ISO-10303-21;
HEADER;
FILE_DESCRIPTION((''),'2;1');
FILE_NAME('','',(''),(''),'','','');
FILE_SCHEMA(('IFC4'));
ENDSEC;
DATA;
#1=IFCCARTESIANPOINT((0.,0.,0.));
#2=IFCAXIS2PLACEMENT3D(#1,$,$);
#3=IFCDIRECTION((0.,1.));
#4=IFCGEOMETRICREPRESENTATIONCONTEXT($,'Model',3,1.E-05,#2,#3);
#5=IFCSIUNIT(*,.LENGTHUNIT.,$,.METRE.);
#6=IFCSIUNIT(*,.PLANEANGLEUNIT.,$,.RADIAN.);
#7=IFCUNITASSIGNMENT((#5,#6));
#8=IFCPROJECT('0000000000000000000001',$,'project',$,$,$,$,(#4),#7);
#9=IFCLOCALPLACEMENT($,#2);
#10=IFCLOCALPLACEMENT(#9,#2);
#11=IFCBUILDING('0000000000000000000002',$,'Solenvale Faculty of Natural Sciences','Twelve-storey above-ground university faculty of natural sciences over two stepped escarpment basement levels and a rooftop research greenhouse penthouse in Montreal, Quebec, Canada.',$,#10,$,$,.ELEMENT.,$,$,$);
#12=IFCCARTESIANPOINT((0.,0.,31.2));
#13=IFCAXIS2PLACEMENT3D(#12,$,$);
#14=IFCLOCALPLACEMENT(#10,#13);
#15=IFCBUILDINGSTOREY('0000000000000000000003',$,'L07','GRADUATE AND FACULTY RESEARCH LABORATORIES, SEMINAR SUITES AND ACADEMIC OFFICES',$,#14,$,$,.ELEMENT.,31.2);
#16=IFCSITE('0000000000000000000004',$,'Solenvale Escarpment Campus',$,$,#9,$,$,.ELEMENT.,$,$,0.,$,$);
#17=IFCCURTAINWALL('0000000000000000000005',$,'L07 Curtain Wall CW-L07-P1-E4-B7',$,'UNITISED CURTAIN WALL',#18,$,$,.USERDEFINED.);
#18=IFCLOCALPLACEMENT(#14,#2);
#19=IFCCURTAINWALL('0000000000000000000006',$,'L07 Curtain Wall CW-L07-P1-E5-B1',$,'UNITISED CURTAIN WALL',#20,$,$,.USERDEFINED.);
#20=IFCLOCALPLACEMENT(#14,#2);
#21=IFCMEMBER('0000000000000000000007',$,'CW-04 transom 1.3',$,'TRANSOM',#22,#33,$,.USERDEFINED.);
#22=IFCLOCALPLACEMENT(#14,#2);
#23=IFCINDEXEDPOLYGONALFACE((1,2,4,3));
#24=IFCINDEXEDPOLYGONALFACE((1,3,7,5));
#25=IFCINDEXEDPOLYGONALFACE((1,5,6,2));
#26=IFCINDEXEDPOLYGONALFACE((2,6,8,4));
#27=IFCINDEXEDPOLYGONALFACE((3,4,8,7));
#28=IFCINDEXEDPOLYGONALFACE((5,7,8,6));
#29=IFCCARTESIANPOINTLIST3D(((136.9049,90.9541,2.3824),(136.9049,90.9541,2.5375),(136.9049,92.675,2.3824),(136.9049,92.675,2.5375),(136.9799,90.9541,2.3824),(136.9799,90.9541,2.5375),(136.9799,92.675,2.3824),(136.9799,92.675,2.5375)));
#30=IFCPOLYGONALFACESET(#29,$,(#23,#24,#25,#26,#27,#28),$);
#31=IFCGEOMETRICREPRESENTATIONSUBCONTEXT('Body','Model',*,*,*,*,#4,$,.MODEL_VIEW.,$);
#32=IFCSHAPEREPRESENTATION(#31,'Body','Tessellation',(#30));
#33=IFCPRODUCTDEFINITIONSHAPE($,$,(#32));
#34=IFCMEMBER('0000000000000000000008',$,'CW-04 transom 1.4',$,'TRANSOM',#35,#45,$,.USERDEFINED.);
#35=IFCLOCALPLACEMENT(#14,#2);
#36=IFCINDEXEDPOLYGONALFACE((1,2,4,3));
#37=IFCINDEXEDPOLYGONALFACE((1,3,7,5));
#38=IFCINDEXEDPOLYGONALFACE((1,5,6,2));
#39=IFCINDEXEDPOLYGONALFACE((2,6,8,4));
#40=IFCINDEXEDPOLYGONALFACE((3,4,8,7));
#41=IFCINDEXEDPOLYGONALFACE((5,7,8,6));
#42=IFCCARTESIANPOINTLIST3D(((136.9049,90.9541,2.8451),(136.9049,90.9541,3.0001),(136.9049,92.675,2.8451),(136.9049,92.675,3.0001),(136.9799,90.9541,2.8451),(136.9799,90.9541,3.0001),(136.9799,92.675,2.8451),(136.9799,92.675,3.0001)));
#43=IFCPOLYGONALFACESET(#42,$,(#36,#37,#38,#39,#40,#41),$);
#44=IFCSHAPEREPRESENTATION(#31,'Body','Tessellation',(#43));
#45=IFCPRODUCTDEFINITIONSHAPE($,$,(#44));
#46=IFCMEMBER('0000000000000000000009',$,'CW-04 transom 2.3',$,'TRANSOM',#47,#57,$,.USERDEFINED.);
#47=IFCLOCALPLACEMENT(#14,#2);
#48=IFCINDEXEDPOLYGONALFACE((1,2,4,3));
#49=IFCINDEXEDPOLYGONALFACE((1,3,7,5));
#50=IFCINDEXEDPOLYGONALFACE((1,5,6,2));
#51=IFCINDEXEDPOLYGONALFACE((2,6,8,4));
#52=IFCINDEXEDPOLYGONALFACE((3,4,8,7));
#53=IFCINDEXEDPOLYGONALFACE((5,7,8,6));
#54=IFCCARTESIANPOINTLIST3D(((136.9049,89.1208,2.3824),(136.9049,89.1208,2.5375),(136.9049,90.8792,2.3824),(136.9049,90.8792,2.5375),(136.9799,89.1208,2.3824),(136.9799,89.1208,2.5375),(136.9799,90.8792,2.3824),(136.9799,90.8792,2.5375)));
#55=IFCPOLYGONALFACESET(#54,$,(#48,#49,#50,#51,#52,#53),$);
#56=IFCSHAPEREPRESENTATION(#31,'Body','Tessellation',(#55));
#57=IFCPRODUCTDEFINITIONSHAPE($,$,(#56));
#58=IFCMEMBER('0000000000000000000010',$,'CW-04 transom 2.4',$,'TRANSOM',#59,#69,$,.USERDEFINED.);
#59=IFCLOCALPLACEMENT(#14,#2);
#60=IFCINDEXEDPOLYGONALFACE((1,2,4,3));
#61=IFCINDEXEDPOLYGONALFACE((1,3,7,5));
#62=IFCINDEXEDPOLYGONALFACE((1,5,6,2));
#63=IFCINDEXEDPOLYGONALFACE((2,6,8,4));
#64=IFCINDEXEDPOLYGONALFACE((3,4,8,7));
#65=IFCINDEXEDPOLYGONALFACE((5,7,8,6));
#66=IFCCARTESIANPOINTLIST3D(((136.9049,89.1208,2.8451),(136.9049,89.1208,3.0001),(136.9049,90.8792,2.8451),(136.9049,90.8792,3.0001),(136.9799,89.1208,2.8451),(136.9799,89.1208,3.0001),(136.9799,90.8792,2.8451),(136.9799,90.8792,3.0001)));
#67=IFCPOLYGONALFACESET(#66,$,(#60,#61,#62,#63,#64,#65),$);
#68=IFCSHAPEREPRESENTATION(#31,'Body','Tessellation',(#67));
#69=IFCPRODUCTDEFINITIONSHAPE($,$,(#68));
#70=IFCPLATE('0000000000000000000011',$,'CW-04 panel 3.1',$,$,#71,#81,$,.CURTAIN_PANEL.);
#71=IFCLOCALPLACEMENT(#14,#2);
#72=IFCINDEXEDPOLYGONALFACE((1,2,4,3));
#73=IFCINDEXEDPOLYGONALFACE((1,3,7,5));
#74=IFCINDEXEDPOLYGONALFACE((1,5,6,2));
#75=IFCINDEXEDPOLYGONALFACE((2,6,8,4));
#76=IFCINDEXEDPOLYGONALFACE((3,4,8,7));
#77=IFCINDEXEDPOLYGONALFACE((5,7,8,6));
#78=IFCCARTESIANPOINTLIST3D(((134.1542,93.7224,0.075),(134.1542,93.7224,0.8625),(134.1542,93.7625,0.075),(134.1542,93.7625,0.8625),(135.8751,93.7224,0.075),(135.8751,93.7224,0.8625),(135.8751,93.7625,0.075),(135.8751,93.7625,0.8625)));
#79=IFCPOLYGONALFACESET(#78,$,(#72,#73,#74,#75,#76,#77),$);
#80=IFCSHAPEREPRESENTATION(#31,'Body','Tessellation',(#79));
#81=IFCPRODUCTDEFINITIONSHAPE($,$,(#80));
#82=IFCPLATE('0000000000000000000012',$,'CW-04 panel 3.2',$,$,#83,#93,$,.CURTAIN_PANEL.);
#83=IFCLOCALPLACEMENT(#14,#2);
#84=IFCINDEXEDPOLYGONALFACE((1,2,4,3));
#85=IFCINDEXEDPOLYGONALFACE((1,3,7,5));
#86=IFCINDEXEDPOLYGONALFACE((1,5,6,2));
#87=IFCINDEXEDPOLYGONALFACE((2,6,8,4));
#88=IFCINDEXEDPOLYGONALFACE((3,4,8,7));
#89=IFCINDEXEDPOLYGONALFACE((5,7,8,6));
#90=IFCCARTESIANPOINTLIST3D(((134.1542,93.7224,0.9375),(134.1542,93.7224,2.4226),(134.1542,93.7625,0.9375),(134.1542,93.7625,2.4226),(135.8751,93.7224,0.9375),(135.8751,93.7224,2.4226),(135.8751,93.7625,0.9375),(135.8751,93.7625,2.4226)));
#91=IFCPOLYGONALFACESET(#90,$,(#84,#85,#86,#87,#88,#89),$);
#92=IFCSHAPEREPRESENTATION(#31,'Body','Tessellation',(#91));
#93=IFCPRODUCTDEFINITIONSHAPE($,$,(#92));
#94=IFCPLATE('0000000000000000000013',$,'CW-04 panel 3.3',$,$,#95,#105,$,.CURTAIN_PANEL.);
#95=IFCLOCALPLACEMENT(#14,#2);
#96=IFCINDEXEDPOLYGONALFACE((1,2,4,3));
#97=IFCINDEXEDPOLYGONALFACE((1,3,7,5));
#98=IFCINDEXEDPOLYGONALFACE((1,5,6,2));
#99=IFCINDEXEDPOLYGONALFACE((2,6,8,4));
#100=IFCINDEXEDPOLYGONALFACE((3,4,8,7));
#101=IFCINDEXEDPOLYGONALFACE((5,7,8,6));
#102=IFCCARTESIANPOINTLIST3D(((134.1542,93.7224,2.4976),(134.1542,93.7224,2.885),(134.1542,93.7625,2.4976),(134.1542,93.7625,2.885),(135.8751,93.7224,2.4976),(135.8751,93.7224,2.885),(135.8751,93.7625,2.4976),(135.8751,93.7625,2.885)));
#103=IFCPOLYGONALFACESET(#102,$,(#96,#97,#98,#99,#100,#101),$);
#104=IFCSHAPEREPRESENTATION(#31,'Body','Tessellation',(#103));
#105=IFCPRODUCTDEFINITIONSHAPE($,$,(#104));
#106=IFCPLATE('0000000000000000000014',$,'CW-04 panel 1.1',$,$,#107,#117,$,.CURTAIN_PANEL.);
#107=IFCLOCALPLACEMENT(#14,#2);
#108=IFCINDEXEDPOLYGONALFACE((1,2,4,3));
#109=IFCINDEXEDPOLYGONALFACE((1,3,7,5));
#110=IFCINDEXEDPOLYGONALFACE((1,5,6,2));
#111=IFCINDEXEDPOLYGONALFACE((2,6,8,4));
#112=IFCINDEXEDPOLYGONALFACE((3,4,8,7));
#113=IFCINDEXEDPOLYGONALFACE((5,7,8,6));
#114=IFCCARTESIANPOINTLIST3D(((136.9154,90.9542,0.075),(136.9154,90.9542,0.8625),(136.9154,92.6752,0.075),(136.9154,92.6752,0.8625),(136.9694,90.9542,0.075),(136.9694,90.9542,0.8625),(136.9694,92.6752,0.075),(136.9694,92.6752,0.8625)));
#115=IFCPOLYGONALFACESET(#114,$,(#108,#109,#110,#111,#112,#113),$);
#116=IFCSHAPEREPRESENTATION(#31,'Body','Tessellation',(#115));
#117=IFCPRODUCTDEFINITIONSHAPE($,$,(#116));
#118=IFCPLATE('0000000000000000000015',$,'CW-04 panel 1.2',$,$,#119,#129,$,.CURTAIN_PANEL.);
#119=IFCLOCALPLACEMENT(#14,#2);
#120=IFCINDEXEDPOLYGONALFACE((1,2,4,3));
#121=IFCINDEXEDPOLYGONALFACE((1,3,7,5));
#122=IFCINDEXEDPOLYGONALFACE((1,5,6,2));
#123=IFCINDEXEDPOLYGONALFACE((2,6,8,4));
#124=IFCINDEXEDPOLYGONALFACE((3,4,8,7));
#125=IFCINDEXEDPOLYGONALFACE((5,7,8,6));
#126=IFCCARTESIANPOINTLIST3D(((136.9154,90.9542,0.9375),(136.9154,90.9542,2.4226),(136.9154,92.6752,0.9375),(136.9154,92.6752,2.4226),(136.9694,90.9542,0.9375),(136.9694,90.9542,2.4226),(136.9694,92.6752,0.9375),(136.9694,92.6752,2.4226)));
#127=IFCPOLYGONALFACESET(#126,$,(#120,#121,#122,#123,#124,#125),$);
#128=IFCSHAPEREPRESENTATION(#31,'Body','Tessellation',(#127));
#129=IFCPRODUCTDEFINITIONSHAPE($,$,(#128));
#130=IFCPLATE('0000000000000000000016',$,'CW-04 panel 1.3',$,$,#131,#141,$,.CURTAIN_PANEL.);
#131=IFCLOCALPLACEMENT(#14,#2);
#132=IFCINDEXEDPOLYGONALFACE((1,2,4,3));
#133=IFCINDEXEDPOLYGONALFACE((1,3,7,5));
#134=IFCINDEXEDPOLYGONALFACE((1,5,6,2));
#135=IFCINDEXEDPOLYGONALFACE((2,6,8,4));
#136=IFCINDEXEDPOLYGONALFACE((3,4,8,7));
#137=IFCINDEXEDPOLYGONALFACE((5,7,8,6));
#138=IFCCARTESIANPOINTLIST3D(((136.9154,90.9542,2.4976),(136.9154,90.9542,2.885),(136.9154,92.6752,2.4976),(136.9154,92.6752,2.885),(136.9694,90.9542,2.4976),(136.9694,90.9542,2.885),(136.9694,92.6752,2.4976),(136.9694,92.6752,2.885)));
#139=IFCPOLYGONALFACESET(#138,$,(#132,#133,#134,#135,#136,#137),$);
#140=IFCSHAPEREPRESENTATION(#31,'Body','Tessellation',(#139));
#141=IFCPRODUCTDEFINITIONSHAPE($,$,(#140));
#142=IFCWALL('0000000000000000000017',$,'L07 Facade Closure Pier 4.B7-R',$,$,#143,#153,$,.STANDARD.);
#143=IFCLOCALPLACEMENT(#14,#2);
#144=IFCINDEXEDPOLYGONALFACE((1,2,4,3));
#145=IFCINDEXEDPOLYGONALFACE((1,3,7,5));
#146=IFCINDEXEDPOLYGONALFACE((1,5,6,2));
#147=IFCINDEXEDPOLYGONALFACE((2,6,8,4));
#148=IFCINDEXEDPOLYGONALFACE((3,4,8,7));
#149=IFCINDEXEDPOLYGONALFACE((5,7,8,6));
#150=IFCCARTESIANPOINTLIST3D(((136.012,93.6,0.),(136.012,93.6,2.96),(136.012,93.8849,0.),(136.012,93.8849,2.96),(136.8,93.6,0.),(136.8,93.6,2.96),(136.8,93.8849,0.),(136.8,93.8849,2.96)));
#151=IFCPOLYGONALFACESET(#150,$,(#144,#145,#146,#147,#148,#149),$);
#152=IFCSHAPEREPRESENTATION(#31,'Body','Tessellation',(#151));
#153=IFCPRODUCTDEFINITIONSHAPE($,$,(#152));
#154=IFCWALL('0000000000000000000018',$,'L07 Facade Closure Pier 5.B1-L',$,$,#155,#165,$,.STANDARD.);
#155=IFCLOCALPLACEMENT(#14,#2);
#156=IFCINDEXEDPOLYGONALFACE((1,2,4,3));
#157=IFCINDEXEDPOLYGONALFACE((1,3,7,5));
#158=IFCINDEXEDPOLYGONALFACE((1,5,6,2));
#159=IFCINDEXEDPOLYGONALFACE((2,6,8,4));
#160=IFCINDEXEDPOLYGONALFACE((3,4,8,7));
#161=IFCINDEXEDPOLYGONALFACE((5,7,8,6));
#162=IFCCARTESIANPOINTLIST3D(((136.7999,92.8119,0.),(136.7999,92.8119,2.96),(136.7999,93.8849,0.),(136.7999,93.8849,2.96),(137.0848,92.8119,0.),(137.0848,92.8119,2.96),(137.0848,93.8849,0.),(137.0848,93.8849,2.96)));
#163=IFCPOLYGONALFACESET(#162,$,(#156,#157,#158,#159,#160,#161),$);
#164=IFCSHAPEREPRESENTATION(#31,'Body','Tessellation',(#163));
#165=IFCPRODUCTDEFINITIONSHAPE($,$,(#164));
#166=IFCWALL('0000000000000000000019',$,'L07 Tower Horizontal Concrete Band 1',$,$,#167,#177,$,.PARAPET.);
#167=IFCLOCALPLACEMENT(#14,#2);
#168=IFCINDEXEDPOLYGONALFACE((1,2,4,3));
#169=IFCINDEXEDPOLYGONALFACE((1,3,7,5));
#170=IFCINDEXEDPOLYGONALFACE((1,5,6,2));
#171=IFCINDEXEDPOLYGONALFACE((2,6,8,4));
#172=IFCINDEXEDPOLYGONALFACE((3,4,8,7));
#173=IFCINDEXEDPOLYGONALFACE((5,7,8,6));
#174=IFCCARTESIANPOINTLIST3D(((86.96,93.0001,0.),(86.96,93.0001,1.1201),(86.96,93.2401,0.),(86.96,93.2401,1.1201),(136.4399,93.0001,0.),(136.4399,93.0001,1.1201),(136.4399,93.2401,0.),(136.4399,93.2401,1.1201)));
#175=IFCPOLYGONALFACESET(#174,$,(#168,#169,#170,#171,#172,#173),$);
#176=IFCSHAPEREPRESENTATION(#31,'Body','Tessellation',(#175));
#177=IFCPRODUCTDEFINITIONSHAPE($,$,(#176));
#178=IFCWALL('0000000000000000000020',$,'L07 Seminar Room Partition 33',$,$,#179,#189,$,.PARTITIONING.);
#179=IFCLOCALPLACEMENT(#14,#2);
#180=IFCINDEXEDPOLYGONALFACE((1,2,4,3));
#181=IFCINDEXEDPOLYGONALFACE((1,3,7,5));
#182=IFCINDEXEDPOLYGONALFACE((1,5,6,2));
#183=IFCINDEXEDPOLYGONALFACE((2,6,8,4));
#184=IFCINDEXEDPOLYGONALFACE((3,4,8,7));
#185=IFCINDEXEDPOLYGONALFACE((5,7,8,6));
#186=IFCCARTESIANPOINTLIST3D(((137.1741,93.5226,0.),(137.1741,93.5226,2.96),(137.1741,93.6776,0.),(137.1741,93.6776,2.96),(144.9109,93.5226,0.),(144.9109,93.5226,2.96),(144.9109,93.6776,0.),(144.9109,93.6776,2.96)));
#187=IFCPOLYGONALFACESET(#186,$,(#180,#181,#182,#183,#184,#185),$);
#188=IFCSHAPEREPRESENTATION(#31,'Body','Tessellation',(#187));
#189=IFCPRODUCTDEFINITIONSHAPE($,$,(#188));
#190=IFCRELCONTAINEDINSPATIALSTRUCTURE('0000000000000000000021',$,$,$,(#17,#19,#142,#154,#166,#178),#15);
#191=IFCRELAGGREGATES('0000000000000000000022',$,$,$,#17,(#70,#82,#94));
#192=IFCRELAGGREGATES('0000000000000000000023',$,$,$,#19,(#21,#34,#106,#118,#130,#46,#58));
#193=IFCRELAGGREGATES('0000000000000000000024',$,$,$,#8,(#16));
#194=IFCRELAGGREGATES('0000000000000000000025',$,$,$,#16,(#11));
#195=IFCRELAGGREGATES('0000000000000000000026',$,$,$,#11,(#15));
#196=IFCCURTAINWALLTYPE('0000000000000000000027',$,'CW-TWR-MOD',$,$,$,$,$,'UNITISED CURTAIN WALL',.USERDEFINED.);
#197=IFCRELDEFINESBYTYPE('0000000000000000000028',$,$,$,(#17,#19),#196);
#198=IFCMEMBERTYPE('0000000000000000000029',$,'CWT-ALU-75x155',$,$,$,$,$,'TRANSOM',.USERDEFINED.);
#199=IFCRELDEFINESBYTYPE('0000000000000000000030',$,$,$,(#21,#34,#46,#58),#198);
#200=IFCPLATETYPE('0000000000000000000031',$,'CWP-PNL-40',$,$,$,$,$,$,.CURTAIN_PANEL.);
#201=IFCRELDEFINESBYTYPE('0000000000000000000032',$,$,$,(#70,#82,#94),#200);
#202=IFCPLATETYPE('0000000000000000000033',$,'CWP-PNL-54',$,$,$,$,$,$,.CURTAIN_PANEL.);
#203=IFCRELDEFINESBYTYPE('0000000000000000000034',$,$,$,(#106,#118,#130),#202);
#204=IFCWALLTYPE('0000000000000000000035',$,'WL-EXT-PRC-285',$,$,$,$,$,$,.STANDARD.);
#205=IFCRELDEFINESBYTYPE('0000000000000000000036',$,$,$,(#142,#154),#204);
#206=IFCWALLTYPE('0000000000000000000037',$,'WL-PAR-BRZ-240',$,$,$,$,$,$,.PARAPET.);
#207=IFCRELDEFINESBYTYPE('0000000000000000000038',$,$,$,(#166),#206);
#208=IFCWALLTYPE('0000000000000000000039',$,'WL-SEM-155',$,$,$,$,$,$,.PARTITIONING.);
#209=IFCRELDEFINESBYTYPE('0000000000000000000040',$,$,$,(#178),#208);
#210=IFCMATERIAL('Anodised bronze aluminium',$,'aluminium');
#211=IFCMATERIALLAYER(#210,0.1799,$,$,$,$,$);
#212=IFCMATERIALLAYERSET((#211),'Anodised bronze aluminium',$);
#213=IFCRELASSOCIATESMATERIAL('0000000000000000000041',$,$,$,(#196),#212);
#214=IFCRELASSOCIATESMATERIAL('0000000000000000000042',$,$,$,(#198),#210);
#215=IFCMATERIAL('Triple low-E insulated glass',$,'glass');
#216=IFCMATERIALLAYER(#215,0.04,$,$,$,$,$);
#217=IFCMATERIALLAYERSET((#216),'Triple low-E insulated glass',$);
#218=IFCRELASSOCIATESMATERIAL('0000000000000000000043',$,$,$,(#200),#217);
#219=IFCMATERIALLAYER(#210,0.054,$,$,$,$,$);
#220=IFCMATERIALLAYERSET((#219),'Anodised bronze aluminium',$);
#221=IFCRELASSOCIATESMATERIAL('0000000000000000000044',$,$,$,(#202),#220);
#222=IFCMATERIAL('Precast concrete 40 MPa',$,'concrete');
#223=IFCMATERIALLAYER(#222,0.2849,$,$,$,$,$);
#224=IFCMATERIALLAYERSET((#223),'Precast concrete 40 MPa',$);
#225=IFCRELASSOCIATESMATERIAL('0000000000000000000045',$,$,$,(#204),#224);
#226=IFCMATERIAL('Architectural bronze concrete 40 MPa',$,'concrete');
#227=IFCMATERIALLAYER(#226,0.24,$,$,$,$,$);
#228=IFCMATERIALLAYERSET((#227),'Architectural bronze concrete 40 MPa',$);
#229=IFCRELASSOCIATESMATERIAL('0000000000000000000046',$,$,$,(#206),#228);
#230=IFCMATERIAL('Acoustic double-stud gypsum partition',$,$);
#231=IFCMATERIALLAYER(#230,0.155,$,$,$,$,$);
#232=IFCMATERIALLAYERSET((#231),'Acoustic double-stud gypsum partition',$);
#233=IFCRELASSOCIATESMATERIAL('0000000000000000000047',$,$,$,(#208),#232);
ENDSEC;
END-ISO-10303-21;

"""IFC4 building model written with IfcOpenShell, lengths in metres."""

from ifc_helpers import new_model, si_unit, direction, frame, frame_2d, origin, origin_2d, place, context, subcontext, project, spatial, rectangle, extrude, material, layer, layer_set, material_profile, profile_set, type_object, element, aggregate, save


model = new_model("IFC4")

# Units and contexts
model_context = context("Model", 3, precision=1e-05, world=origin(), true_north=direction((0.0, 1.0)))
body_context = subcontext(model_context, "Body", "Model", "MODEL_VIEW")
ifc_project = project(units=[si_unit("LENGTHUNIT", "METRE"), si_unit("PLANEANGLEUNIT", "RADIAN")], contexts=[model_context])

# Site, building, storey
site_placement = place(None, origin())
site = spatial("IfcSite", under=ifc_project, at=site_placement, Name="Solenvale Escarpment Campus", CompositionType="ELEMENT", RefElevation=0.0)
building_placement = place(site_placement, origin())
building = spatial("IfcBuilding", under=site, at=building_placement, Name="Solenvale Faculty of Natural Sciences", Description="Twelve-storey above-ground university faculty of natural sciences over two stepped escarpment basement levels and a rooftop research greenhouse penthouse in Montreal, Quebec, Canada.", CompositionType="ELEMENT")
storey_placement = place(building_placement, frame((0.0, 0.0, 31.2)))
storey = spatial("IfcBuildingStorey", under=building, at=storey_placement, Name="L07", Description="GRADUATE AND FACULTY RESEARCH LABORATORIES, SEMINAR SUITES AND ACADEMIC OFFICES", CompositionType="ELEMENT", Elevation=31.2)

# Curtain wall
ifc_material_1 = material(Name="Anodised bronze aluminium", Category="aluminium")
ifc_layer_1 = layer(ifc_material_1, 0.1799)
ifc_layer_set_1 = layer_set([ifc_layer_1], Name="Anodised bronze aluminium")
curtain_wall_type = type_object("IfcCurtainWallType", Name="CW-TWR-MOD", ElementType="UNITISED CURTAIN WALL", PredefinedType="USERDEFINED", material=ifc_layer_set_1)
curtain_wall_1_placement = place(storey_placement, origin())
curtain_wall_1 = element("IfcCurtainWall", 1, at=curtain_wall_1_placement, inside=storey, type_object=curtain_wall_type, Name="L07 Curtain Wall CW-L07-P1-E4-B7", ObjectType="UNITISED CURTAIN WALL", PredefinedType="USERDEFINED")

# Curtain wall
curtain_wall_2_placement = place(storey_placement, origin())
curtain_wall_2 = element("IfcCurtainWall", 2, at=curtain_wall_2_placement, inside=storey, type_object=curtain_wall_type, Name="L07 Curtain Wall CW-L07-P1-E5-B1", ObjectType="UNITISED CURTAIN WALL", PredefinedType="USERDEFINED")

# Members
ifc_material_profile_1 = material_profile(ifc_material_1, rectangle(XDim=0.075, YDim=0.155, at=origin_2d()), Name="ALU-TRN-75x155")
ifc_profile_set_1 = profile_set([ifc_material_profile_1], Name="Anodised bronze aluminium")
member_type_1 = type_object("IfcMemberType", Name="CWT-ALU-75x155", ElementType="TRANSOM", PredefinedType="USERDEFINED", material=ifc_profile_set_1)
member_1_placement = place(storey_placement, frame((136.9424, 92.675, 2.46), z_axis=(0.0, -1.0, 0.0), x_axis=(1.0, 0.0, 0.0)))
member_1 = element("IfcMember", 3, at=member_1_placement, type_object=member_type_1, Name="CW-04 transom 1.3", ObjectType="TRANSOM", PredefinedType="USERDEFINED", context=body_context, shape_type="SweptSolid", body=[
    extrude(rectangle(XDim=0.075, YDim=0.155, at=origin_2d()), origin(), (0.0, 0.0, 1.0), 1.7209),
])
member_2_placement = place(storey_placement, frame((136.9424, 92.675, 2.9226), z_axis=(0.0, -1.0, 0.0), x_axis=(1.0, 0.0, 0.0)))
member_2 = element("IfcMember", 4, at=member_2_placement, type_object=member_type_1, Name="CW-04 transom 1.4", ObjectType="TRANSOM", PredefinedType="USERDEFINED", context=body_context, shape_type="SweptSolid", body=[
    extrude(rectangle(XDim=0.075, YDim=0.155, at=origin_2d()), origin(), (0.0, 0.0, 1.0), 1.7209),
])
member_3_placement = place(storey_placement, frame((136.9424, 90.8792, 2.46), z_axis=(0.0, -1.0, 0.0), x_axis=(1.0, 0.0, 0.0)))
member_3 = element("IfcMember", 5, at=member_3_placement, type_object=member_type_1, Name="CW-04 transom 2.3", ObjectType="TRANSOM", PredefinedType="USERDEFINED", context=body_context, shape_type="SweptSolid", body=[
    extrude(rectangle(XDim=0.075, YDim=0.155, at=origin_2d()), origin(), (0.0, 0.0, 1.0), 1.7583),
])
member_4_placement = place(storey_placement, frame((136.9424, 90.8792, 2.9226), z_axis=(0.0, -1.0, 0.0), x_axis=(1.0, 0.0, 0.0)))
member_4 = element("IfcMember", 6, at=member_4_placement, type_object=member_type_1, Name="CW-04 transom 2.4", ObjectType="TRANSOM", PredefinedType="USERDEFINED", context=body_context, shape_type="SweptSolid", body=[
    extrude(rectangle(XDim=0.075, YDim=0.155, at=origin_2d()), origin(), (0.0, 0.0, 1.0), 1.7583),
])

# Plates
ifc_material_2 = material(Name="Triple low-E insulated glass", Category="glass")
ifc_layer_2 = layer(ifc_material_2, 0.04)
ifc_layer_set_2 = layer_set([ifc_layer_2], Name="Triple low-E insulated glass")
plate_type_1 = type_object("IfcPlateType", Name="CWP-PNL-40", PredefinedType="CURTAIN_PANEL", material=ifc_layer_set_2)
plate_1_placement = place(storey_placement, frame((135.0146, 93.7424, 0.075), z_axis=(0.0, 0.0, 1.0), x_axis=(1.0, 0.0, 0.0)))
plate_1 = element("IfcPlate", 7, at=plate_1_placement, type_object=plate_type_1, Name="CW-04 panel 3.1", PredefinedType="CURTAIN_PANEL", context=body_context, shape_type="SweptSolid", body=[
    extrude(rectangle(XDim=1.7209, YDim=0.04, at=origin_2d()), origin(), (0.0, 0.0, 1.0), 0.7876),
])
plate_2_placement = place(storey_placement, frame((135.0146, 93.7424, 0.9375), z_axis=(0.0, 0.0, 1.0), x_axis=(1.0, 0.0, 0.0)))
plate_2 = element("IfcPlate", 8, at=plate_2_placement, type_object=plate_type_1, Name="CW-04 panel 3.2", PredefinedType="CURTAIN_PANEL", context=body_context, shape_type="SweptSolid", body=[
    extrude(rectangle(XDim=1.7209, YDim=0.04, at=origin_2d()), origin(), (0.0, 0.0, 1.0), 1.4851),
])
plate_3_placement = place(storey_placement, frame((135.0146, 93.7424, 2.4976), z_axis=(0.0, 0.0, 1.0), x_axis=(1.0, 0.0, 0.0)))
plate_3 = element("IfcPlate", 9, at=plate_3_placement, type_object=plate_type_1, Name="CW-04 panel 3.3", PredefinedType="CURTAIN_PANEL", context=body_context, shape_type="SweptSolid", body=[
    extrude(rectangle(XDim=1.7209, YDim=0.04, at=origin_2d()), origin(), (0.0, 0.0, 1.0), 0.3875),
])
aggregate(curtain_wall_1, [plate_1, plate_2, plate_3])
ifc_layer_3 = layer(ifc_material_1, 0.054)
ifc_layer_set_3 = layer_set([ifc_layer_3], Name="Anodised bronze aluminium")
plate_type_2 = type_object("IfcPlateType", Name="CWP-PNL-54", PredefinedType="CURTAIN_PANEL", material=ifc_layer_set_3)
plate_4_placement = place(storey_placement, frame((136.9424, 91.8147, 0.075), z_axis=(0.0, 0.0, 1.0), x_axis=(0.0, -1.0, 0.0)))
plate_4 = element("IfcPlate", 10, at=plate_4_placement, type_object=plate_type_2, Name="CW-04 panel 1.1", PredefinedType="CURTAIN_PANEL", context=body_context, shape_type="SweptSolid", body=[
    extrude(rectangle(XDim=1.7209, YDim=0.054, at=origin_2d()), origin(), (0.0, 0.0, 1.0), 0.7876),
])
plate_5_placement = place(storey_placement, frame((136.9424, 91.8147, 0.9375), z_axis=(0.0, 0.0, 1.0), x_axis=(0.0, -1.0, 0.0)))
plate_5 = element("IfcPlate", 11, at=plate_5_placement, type_object=plate_type_2, Name="CW-04 panel 1.2", PredefinedType="CURTAIN_PANEL", context=body_context, shape_type="SweptSolid", body=[
    extrude(rectangle(XDim=1.7209, YDim=0.054, at=origin_2d()), origin(), (0.0, 0.0, 1.0), 1.4851),
])
plate_6_placement = place(storey_placement, frame((136.9424, 91.8147, 2.4976), z_axis=(0.0, 0.0, 1.0), x_axis=(0.0, -1.0, 0.0)))
plate_6 = element("IfcPlate", 12, at=plate_6_placement, type_object=plate_type_2, Name="CW-04 panel 1.3", PredefinedType="CURTAIN_PANEL", context=body_context, shape_type="SweptSolid", body=[
    extrude(rectangle(XDim=1.7209, YDim=0.054, at=origin_2d()), origin(), (0.0, 0.0, 1.0), 0.3875),
])
aggregate(curtain_wall_2, [member_1, member_2, plate_4, plate_5, plate_6, member_3, member_4])

# Walls
ifc_material_3 = material(Name="Precast concrete 40 MPa", Category="concrete")
ifc_layer_4 = layer(ifc_material_3, 0.2849)
ifc_layer_set_4 = layer_set([ifc_layer_4], Name="Precast concrete 40 MPa")
wall_type_1 = type_object("IfcWallType", Name="WL-EXT-PRC-285", PredefinedType="STANDARD", material=ifc_layer_set_4)
wall_1_placement = place(storey_placement, frame((136.012, 93.7424, 0.0), z_axis=(0.0, 0.0, 1.0), x_axis=(1.0, 0.0, 0.0)))
element("IfcWall", 13, at=wall_1_placement, inside=storey, type_object=wall_type_1, Name="L07 Facade Closure Pier 4.B7-R", PredefinedType="STANDARD", context=body_context, shape_type="SweptSolid", body=[
    extrude(rectangle(XDim=0.7881, YDim=0.2849, at=frame_2d((0.394, 0.0))), origin(), (0.0, 0.0, 1.0), 2.96),
])
wall_2_placement = place(storey_placement, frame((136.9424, 93.885, 0.0), z_axis=(0.0, 0.0, 1.0), x_axis=(0.0, -1.0, 0.0)))
element("IfcWall", 14, at=wall_2_placement, inside=storey, type_object=wall_type_1, Name="L07 Facade Closure Pier 5.B1-L", PredefinedType="STANDARD", context=body_context, shape_type="SweptSolid", body=[
    extrude(rectangle(XDim=1.073, YDim=0.2849, at=frame_2d((0.5366, 0.0))), origin(), (0.0, 0.0, 1.0), 2.96),
])
ifc_material_4 = material(Name="Architectural bronze concrete 40 MPa", Category="concrete")
ifc_layer_5 = layer(ifc_material_4, 0.24)
ifc_layer_set_5 = layer_set([ifc_layer_5], Name="Architectural bronze concrete 40 MPa")
wall_type_2 = type_object("IfcWallType", Name="WL-PAR-BRZ-240", PredefinedType="PARAPET", material=ifc_layer_set_5)
wall_3_placement = place(storey_placement, frame((136.4399, 93.1201, 0.0), z_axis=(0.0, 0.0, 1.0), x_axis=(-1.0, 0.0, 0.0)))
element("IfcWall", 15, at=wall_3_placement, inside=storey, type_object=wall_type_2, Name="L07 Tower Horizontal Concrete Band 1", PredefinedType="PARAPET", context=body_context, shape_type="SweptSolid", body=[
    extrude(rectangle(XDim=49.48, YDim=0.24, at=frame_2d((24.74, 0.0))), origin(), (0.0, 0.0, 1.0), 1.1201),
])
ifc_material_5 = material(Name="Acoustic double-stud gypsum partition")
ifc_layer_6 = layer(ifc_material_5, 0.155)
ifc_layer_set_6 = layer_set([ifc_layer_6], Name="Acoustic double-stud gypsum partition")
wall_type_3 = type_object("IfcWallType", Name="WL-SEM-155", PredefinedType="PARTITIONING", material=ifc_layer_set_6)
wall_4_placement = place(storey_placement, frame((137.1741, 93.6001, 0.0), z_axis=(0.0, 0.0, 1.0), x_axis=(1.0, 0.0, 0.0)))
element("IfcWall", 16, at=wall_4_placement, inside=storey, type_object=wall_type_3, Name="L07 Seminar Room Partition 33", PredefinedType="PARTITIONING", context=body_context, shape_type="SweptSolid", body=[
    extrude(rectangle(XDim=7.7368, YDim=0.155, at=frame_2d((3.8684, 0.0))), origin(), (0.0, 0.0, 1.0), 2.96),
])

save(model, "model.ifc")
